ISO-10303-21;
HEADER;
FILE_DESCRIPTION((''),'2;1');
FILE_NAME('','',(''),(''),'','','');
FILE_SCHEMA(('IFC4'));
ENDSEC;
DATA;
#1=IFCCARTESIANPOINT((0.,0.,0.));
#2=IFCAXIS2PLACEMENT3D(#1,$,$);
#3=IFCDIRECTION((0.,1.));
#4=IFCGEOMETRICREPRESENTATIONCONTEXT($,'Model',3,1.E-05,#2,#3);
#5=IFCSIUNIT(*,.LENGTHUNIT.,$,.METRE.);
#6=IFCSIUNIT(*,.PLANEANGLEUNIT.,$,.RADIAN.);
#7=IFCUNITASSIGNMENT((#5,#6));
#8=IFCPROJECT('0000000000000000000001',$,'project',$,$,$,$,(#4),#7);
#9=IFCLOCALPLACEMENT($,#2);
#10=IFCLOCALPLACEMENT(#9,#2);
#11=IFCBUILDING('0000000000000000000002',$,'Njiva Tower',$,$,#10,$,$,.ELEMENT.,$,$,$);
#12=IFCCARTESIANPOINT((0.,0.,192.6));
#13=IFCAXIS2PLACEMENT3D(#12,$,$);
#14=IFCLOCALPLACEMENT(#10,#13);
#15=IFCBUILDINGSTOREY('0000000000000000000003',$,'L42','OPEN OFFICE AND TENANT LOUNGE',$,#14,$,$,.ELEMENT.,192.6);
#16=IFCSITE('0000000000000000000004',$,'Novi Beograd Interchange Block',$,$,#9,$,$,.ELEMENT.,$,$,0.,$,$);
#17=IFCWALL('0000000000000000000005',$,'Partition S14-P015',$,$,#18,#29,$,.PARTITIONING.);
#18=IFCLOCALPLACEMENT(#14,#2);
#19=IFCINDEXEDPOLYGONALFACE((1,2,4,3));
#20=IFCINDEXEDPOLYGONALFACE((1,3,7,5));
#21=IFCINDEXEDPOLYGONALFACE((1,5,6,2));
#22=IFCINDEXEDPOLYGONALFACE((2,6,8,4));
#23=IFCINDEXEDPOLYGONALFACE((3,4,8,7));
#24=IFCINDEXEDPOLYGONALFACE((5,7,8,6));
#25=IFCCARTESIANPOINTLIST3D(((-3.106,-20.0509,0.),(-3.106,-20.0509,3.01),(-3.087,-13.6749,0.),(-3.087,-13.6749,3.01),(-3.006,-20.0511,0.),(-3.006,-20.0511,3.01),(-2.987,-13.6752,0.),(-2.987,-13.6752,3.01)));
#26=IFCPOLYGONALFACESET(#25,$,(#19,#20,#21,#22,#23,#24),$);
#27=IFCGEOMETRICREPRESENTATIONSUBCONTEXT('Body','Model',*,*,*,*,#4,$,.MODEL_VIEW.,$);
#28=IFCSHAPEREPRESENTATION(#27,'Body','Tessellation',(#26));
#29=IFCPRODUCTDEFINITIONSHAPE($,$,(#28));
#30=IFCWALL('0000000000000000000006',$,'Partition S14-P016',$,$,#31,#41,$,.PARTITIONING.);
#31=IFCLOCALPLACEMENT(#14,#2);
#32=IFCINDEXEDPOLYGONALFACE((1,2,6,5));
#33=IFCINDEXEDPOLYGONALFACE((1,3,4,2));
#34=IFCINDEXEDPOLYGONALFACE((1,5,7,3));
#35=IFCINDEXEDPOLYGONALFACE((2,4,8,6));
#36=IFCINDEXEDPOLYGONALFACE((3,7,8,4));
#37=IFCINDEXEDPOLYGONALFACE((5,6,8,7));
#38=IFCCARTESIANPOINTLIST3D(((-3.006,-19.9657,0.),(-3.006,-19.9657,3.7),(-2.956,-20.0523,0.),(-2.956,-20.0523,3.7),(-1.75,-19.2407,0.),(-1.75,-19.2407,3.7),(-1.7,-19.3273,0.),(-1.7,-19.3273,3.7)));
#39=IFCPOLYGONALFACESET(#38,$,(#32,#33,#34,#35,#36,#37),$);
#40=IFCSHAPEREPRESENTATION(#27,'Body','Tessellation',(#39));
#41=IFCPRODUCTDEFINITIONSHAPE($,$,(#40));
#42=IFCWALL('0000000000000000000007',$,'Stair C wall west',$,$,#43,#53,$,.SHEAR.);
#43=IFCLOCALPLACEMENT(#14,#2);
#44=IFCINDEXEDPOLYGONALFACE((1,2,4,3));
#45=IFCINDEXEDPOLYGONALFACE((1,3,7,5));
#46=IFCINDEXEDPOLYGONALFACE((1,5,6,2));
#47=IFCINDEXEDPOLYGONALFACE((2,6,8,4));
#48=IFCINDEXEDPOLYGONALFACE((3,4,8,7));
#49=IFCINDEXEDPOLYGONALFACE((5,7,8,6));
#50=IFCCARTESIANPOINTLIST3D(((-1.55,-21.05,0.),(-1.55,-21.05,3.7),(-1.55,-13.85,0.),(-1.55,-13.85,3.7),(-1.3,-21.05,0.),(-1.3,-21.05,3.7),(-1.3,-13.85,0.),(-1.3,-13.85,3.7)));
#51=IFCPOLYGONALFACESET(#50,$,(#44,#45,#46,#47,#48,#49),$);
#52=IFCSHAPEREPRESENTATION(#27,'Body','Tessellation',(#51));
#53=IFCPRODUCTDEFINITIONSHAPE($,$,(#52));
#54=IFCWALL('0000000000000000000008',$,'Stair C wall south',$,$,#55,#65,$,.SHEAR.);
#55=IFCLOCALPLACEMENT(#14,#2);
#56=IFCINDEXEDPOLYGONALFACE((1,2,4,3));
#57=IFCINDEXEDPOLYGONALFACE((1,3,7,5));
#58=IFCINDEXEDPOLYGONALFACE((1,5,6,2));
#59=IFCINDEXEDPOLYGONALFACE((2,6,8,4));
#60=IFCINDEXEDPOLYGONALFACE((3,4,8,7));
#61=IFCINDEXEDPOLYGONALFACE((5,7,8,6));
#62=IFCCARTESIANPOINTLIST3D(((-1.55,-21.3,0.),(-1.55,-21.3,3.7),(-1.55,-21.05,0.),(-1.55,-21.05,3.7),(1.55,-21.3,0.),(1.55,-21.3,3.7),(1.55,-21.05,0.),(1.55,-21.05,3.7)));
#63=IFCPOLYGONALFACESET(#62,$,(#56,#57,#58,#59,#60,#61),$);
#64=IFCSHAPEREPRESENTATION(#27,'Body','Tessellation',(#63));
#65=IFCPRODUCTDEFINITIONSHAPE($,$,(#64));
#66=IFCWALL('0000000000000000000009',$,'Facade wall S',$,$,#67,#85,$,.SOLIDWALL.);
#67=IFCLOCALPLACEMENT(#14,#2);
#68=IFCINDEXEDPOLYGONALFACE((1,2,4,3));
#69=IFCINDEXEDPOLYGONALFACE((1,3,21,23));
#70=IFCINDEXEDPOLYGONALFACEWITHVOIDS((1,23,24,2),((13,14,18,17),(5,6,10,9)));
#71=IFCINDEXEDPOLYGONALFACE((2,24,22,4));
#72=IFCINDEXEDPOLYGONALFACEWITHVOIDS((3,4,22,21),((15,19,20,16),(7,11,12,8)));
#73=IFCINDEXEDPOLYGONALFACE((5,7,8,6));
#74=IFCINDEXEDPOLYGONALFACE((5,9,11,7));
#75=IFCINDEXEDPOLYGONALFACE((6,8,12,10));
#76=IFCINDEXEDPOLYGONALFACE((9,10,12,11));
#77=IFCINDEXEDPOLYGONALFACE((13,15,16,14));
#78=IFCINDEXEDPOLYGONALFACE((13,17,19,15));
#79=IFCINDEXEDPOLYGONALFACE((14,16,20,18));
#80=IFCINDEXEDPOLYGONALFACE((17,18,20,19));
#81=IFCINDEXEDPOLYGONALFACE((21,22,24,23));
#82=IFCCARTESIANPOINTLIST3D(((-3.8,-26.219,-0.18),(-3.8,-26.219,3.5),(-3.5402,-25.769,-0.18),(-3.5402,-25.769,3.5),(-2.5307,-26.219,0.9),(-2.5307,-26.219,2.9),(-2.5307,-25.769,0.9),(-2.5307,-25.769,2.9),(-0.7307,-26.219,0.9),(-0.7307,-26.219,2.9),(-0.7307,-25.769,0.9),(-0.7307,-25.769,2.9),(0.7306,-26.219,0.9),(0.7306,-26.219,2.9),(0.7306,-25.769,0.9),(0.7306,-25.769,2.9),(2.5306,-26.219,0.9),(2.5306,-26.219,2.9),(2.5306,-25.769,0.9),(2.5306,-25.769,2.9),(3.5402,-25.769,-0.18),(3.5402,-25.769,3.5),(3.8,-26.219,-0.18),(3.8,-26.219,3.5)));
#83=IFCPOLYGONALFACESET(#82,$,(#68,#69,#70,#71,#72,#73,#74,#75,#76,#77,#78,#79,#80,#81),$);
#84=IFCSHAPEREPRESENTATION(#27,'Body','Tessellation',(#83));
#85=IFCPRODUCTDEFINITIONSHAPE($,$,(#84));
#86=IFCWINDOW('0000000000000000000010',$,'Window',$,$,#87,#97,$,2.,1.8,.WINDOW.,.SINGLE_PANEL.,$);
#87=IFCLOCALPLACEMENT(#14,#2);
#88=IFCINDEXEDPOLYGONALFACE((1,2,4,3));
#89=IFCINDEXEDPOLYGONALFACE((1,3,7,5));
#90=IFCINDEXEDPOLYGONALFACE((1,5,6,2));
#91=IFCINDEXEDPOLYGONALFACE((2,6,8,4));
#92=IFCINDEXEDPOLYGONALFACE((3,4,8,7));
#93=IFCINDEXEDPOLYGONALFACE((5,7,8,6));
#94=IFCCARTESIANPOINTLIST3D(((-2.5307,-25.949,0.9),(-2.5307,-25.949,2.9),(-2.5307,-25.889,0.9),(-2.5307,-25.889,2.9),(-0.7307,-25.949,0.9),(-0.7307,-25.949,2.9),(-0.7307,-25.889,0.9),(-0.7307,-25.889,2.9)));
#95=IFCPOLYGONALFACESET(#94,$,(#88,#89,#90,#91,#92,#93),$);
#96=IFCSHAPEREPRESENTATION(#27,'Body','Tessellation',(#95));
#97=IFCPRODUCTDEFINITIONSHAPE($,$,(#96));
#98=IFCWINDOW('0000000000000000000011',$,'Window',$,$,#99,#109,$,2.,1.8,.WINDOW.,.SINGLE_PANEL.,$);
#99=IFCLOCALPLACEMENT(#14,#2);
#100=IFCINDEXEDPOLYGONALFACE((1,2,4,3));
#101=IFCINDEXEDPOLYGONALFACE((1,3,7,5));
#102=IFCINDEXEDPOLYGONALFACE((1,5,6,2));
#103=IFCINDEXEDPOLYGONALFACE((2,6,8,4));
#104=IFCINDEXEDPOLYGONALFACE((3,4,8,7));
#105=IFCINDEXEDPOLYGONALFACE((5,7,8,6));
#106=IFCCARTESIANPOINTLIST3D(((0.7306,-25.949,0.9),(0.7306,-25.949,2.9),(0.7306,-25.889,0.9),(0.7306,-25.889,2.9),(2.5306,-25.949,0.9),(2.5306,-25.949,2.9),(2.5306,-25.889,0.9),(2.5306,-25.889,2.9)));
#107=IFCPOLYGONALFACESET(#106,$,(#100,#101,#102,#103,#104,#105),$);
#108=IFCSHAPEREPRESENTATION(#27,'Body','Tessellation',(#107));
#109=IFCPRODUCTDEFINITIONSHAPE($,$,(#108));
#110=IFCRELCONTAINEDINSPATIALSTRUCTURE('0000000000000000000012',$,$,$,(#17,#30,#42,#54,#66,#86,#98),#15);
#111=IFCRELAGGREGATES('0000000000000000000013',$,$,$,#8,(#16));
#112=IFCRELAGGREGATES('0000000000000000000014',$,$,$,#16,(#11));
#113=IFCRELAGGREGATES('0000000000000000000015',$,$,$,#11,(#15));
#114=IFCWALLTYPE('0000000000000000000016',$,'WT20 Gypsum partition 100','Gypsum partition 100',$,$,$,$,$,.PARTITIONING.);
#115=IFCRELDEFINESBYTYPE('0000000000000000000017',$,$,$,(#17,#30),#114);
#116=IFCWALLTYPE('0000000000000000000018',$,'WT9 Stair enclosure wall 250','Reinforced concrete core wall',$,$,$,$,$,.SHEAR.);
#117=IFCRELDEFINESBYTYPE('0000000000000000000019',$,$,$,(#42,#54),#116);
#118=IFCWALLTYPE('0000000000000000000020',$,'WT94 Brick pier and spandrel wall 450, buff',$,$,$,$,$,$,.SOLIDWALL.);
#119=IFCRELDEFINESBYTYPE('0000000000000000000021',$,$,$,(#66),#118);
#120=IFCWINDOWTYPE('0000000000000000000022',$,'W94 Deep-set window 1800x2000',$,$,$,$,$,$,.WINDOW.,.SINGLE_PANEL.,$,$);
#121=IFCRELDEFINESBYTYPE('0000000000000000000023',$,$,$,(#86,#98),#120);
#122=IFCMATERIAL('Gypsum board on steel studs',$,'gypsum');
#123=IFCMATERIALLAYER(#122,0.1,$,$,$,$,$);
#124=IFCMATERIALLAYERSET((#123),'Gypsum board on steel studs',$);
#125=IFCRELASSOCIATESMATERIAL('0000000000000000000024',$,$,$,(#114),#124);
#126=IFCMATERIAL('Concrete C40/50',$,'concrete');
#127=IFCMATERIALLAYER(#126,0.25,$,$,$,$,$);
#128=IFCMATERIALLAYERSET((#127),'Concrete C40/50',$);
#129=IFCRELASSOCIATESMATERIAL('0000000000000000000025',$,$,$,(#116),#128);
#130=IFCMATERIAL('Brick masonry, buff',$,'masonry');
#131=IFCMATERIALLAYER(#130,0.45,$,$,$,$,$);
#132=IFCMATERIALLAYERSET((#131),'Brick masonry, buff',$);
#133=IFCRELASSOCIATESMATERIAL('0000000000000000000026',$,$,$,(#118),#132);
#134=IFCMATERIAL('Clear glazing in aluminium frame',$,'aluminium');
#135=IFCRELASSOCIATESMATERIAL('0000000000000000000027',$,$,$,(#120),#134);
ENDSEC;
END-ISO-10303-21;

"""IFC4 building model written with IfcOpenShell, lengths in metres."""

from ifc_helpers import new_model, si_unit, direction, frame, frame_2d, origin, place, context, subcontext, project, spatial, polyline, rectangle, outline, extrude, material, layer, layer_set, type_object, element, fill, save


model = new_model("IFC4")

# Units and contexts
model_context = context("Model", 3, precision=1e-05, world=origin(), true_north=direction((0.0, 1.0)))
body_context = subcontext(model_context, "Body", "Model", "MODEL_VIEW")
ifc_project = project(units=[si_unit("LENGTHUNIT", "METRE"), si_unit("PLANEANGLEUNIT", "RADIAN")], contexts=[model_context])

# Site, building, storey
site_placement = place(None, origin())
site = spatial("IfcSite", under=ifc_project, at=site_placement, Name="Novi Beograd Interchange Block", CompositionType="ELEMENT", RefElevation=0.0)
building_placement = place(site_placement, origin())
building = spatial("IfcBuilding", under=site, at=building_placement, Name="Njiva Tower", CompositionType="ELEMENT")
storey_placement = place(building_placement, frame((0.0, 0.0, 192.6)))
storey = spatial("IfcBuildingStorey", under=building, at=storey_placement, Name="L42", Description="OPEN OFFICE AND TENANT LOUNGE", CompositionType="ELEMENT", Elevation=192.6)

# Walls
ifc_material_1 = material(Name="Gypsum board on steel studs", Category="gypsum")
ifc_layer_1 = layer(ifc_material_1, 0.1)
ifc_layer_set_1 = layer_set([ifc_layer_1], Name="Gypsum board on steel studs")
wall_type_1 = type_object("IfcWallType", Name="WT20 Gypsum partition 100", Description="Gypsum partition 100", PredefinedType="PARTITIONING", material=ifc_layer_set_1)
wall_1_placement = place(storey_placement, frame((-3.056, -20.051, 0.0), z_axis=(0.0, 0.0, 1.0), x_axis=(0.00298, 0.999996, 0.0)))
element("IfcWall", 1, at=wall_1_placement, inside=storey, type_object=wall_type_1, Name="Partition S14-P015", PredefinedType="PARTITIONING", context=body_context, shape_type="SweptSolid", body=[
    extrude(rectangle(XDim=6.376, YDim=0.1, at=frame_2d((3.188, 0.0))), origin(), (0.0, 0.0, 1.0), 3.01),
])
wall_2_placement = place(storey_placement, frame((-2.981, -20.009, 0.0), z_axis=(0.0, 0.0, 1.0), x_axis=(0.866071, 0.499921, 0.0)))
element("IfcWall", 2, at=wall_2_placement, inside=storey, type_object=wall_type_1, Name="Partition S14-P016", PredefinedType="PARTITIONING", context=body_context, shape_type="SweptSolid", body=[
    extrude(rectangle(XDim=1.4502, YDim=0.1, at=frame_2d((0.7251, 0.0))), origin(), (0.0, 0.0, 1.0), 3.7),
])
ifc_material_2 = material(Name="Concrete C40/50", Category="concrete")
ifc_layer_2 = layer(ifc_material_2, 0.25)
ifc_layer_set_2 = layer_set([ifc_layer_2], Name="Concrete C40/50")
wall_type_2 = type_object("IfcWallType", Name="WT9 Stair enclosure wall 250", Description="Reinforced concrete core wall", PredefinedType="SHEAR", material=ifc_layer_set_2)
wall_3_placement = place(storey_placement, frame((-1.425, -21.05, 0.0), z_axis=(0.0, 0.0, 1.0), x_axis=(0.0, 1.0, 0.0)))
element("IfcWall", 3, at=wall_3_placement, inside=storey, type_object=wall_type_2, Name="Stair C wall west", PredefinedType="SHEAR", context=body_context, shape_type="SweptSolid", body=[
    extrude(rectangle(XDim=7.2, YDim=0.25, at=frame_2d((3.6, 0.0))), origin(), (0.0, 0.0, 1.0), 3.7),
])
wall_4_placement = place(storey_placement, frame((-1.55, -21.175, 0.0), z_axis=(0.0, 0.0, 1.0), x_axis=(1.0, 0.0, 0.0)))
element("IfcWall", 4, at=wall_4_placement, inside=storey, type_object=wall_type_2, Name="Stair C wall south", PredefinedType="SHEAR", context=body_context, shape_type="SweptSolid", body=[
    extrude(rectangle(XDim=3.1, YDim=0.25, at=frame_2d((1.55, 0.0))), origin(), (0.0, 0.0, 1.0), 3.7),
])

# Wall, openings, windows
ifc_material_3 = material(Name="Brick masonry, buff", Category="masonry")
ifc_layer_3 = layer(ifc_material_3, 0.45)
ifc_layer_set_3 = layer_set([ifc_layer_3], Name="Brick masonry, buff")
wall_type_3 = type_object("IfcWallType", Name="WT94 Brick pier and spandrel wall 450, buff", PredefinedType="SOLIDWALL", material=ifc_layer_set_3)
wall_5_placement = place(storey_placement, frame((-3.6701, -25.994, -0.18), z_axis=(0.0, 0.0, 1.0), x_axis=(1.0, 0.0, 0.0)))
wall_5 = element("IfcWall", 5, at=wall_5_placement, inside=storey, type_object=wall_type_3, Name="Facade wall S", PredefinedType="SOLIDWALL", context=body_context, shape_type="SweptSolid", body=[
    extrude(outline(polyline([(-0.1299, -0.225), (7.4701, -0.225), (7.2103, 0.225), (0.1299, 0.225), (-0.1299, -0.225)])), origin(), (0.0, 0.0, 1.0), 3.68),
])
opening_1_placement = place(wall_5_placement, frame((1.1394, 0.0, 1.08)))
opening_1 = element("IfcOpeningElement", 6, at=opening_1_placement, cuts=wall_5, PredefinedType="OPENING", context=body_context, shape_type="SweptSolid", body=[
    extrude(rectangle(XDim=1.8, YDim=2.0, at=frame_2d((0.9, 1.0))), frame((0.0, 0.235, 0.0), z_axis=(0.0, -1.0, 0.0), x_axis=(1.0, 0.0, 0.0)), (0.0, 0.0, 1.0), 0.47),
])
opening_2_placement = place(wall_5_placement, frame((4.4007, 0.0, 1.08)))
opening_2 = element("IfcOpeningElement", 7, at=opening_2_placement, cuts=wall_5, PredefinedType="OPENING", context=body_context, shape_type="SweptSolid", body=[
    extrude(rectangle(XDim=1.8, YDim=2.0, at=frame_2d((0.9, 1.0))), frame((0.0, 0.235, 0.0), z_axis=(0.0, -1.0, 0.0), x_axis=(1.0, 0.0, 0.0)), (0.0, 0.0, 1.0), 0.47),
])
ifc_material_4 = material(Name="Clear glazing in aluminium frame", Category="aluminium")
window_type = type_object("IfcWindowType", Name="W94 Deep-set window 1800x2000", PartitioningType="SINGLE_PANEL", PredefinedType="WINDOW", material=ifc_material_4)
window_1_placement = place(opening_1_placement, origin())
window_1 = element("IfcWindow", 8, at=window_1_placement, inside=storey, type_object=window_type, Name="Window", OverallHeight=2.0, OverallWidth=1.8, PartitioningType="SINGLE_PANEL", PredefinedType="WINDOW", context=body_context, shape_type="SweptSolid", body=[
    extrude(rectangle(XDim=1.8, YDim=2.0, at=frame_2d((0.9, 1.0))), frame((0.0, 0.105, 0.0), z_axis=(0.0, -1.0, 0.0), x_axis=(1.0, 0.0, 0.0)), (0.0, 0.0, 1.0), 0.06),
])
fill(opening_1, window_1)
window_2_placement = place(opening_2_placement, origin())
window_2 = element("IfcWindow", 9, at=window_2_placement, inside=storey, type_object=window_type, Name="Window", OverallHeight=2.0, OverallWidth=1.8, PartitioningType="SINGLE_PANEL", PredefinedType="WINDOW", context=body_context, shape_type="SweptSolid", body=[
    extrude(rectangle(XDim=1.8, YDim=2.0, at=frame_2d((0.9, 1.0))), frame((0.0, 0.105, 0.0), z_axis=(0.0, -1.0, 0.0), x_axis=(1.0, 0.0, 0.0)), (0.0, 0.0, 1.0), 0.06),
])
fill(opening_2, window_2)

save(model, "model.ifc")
